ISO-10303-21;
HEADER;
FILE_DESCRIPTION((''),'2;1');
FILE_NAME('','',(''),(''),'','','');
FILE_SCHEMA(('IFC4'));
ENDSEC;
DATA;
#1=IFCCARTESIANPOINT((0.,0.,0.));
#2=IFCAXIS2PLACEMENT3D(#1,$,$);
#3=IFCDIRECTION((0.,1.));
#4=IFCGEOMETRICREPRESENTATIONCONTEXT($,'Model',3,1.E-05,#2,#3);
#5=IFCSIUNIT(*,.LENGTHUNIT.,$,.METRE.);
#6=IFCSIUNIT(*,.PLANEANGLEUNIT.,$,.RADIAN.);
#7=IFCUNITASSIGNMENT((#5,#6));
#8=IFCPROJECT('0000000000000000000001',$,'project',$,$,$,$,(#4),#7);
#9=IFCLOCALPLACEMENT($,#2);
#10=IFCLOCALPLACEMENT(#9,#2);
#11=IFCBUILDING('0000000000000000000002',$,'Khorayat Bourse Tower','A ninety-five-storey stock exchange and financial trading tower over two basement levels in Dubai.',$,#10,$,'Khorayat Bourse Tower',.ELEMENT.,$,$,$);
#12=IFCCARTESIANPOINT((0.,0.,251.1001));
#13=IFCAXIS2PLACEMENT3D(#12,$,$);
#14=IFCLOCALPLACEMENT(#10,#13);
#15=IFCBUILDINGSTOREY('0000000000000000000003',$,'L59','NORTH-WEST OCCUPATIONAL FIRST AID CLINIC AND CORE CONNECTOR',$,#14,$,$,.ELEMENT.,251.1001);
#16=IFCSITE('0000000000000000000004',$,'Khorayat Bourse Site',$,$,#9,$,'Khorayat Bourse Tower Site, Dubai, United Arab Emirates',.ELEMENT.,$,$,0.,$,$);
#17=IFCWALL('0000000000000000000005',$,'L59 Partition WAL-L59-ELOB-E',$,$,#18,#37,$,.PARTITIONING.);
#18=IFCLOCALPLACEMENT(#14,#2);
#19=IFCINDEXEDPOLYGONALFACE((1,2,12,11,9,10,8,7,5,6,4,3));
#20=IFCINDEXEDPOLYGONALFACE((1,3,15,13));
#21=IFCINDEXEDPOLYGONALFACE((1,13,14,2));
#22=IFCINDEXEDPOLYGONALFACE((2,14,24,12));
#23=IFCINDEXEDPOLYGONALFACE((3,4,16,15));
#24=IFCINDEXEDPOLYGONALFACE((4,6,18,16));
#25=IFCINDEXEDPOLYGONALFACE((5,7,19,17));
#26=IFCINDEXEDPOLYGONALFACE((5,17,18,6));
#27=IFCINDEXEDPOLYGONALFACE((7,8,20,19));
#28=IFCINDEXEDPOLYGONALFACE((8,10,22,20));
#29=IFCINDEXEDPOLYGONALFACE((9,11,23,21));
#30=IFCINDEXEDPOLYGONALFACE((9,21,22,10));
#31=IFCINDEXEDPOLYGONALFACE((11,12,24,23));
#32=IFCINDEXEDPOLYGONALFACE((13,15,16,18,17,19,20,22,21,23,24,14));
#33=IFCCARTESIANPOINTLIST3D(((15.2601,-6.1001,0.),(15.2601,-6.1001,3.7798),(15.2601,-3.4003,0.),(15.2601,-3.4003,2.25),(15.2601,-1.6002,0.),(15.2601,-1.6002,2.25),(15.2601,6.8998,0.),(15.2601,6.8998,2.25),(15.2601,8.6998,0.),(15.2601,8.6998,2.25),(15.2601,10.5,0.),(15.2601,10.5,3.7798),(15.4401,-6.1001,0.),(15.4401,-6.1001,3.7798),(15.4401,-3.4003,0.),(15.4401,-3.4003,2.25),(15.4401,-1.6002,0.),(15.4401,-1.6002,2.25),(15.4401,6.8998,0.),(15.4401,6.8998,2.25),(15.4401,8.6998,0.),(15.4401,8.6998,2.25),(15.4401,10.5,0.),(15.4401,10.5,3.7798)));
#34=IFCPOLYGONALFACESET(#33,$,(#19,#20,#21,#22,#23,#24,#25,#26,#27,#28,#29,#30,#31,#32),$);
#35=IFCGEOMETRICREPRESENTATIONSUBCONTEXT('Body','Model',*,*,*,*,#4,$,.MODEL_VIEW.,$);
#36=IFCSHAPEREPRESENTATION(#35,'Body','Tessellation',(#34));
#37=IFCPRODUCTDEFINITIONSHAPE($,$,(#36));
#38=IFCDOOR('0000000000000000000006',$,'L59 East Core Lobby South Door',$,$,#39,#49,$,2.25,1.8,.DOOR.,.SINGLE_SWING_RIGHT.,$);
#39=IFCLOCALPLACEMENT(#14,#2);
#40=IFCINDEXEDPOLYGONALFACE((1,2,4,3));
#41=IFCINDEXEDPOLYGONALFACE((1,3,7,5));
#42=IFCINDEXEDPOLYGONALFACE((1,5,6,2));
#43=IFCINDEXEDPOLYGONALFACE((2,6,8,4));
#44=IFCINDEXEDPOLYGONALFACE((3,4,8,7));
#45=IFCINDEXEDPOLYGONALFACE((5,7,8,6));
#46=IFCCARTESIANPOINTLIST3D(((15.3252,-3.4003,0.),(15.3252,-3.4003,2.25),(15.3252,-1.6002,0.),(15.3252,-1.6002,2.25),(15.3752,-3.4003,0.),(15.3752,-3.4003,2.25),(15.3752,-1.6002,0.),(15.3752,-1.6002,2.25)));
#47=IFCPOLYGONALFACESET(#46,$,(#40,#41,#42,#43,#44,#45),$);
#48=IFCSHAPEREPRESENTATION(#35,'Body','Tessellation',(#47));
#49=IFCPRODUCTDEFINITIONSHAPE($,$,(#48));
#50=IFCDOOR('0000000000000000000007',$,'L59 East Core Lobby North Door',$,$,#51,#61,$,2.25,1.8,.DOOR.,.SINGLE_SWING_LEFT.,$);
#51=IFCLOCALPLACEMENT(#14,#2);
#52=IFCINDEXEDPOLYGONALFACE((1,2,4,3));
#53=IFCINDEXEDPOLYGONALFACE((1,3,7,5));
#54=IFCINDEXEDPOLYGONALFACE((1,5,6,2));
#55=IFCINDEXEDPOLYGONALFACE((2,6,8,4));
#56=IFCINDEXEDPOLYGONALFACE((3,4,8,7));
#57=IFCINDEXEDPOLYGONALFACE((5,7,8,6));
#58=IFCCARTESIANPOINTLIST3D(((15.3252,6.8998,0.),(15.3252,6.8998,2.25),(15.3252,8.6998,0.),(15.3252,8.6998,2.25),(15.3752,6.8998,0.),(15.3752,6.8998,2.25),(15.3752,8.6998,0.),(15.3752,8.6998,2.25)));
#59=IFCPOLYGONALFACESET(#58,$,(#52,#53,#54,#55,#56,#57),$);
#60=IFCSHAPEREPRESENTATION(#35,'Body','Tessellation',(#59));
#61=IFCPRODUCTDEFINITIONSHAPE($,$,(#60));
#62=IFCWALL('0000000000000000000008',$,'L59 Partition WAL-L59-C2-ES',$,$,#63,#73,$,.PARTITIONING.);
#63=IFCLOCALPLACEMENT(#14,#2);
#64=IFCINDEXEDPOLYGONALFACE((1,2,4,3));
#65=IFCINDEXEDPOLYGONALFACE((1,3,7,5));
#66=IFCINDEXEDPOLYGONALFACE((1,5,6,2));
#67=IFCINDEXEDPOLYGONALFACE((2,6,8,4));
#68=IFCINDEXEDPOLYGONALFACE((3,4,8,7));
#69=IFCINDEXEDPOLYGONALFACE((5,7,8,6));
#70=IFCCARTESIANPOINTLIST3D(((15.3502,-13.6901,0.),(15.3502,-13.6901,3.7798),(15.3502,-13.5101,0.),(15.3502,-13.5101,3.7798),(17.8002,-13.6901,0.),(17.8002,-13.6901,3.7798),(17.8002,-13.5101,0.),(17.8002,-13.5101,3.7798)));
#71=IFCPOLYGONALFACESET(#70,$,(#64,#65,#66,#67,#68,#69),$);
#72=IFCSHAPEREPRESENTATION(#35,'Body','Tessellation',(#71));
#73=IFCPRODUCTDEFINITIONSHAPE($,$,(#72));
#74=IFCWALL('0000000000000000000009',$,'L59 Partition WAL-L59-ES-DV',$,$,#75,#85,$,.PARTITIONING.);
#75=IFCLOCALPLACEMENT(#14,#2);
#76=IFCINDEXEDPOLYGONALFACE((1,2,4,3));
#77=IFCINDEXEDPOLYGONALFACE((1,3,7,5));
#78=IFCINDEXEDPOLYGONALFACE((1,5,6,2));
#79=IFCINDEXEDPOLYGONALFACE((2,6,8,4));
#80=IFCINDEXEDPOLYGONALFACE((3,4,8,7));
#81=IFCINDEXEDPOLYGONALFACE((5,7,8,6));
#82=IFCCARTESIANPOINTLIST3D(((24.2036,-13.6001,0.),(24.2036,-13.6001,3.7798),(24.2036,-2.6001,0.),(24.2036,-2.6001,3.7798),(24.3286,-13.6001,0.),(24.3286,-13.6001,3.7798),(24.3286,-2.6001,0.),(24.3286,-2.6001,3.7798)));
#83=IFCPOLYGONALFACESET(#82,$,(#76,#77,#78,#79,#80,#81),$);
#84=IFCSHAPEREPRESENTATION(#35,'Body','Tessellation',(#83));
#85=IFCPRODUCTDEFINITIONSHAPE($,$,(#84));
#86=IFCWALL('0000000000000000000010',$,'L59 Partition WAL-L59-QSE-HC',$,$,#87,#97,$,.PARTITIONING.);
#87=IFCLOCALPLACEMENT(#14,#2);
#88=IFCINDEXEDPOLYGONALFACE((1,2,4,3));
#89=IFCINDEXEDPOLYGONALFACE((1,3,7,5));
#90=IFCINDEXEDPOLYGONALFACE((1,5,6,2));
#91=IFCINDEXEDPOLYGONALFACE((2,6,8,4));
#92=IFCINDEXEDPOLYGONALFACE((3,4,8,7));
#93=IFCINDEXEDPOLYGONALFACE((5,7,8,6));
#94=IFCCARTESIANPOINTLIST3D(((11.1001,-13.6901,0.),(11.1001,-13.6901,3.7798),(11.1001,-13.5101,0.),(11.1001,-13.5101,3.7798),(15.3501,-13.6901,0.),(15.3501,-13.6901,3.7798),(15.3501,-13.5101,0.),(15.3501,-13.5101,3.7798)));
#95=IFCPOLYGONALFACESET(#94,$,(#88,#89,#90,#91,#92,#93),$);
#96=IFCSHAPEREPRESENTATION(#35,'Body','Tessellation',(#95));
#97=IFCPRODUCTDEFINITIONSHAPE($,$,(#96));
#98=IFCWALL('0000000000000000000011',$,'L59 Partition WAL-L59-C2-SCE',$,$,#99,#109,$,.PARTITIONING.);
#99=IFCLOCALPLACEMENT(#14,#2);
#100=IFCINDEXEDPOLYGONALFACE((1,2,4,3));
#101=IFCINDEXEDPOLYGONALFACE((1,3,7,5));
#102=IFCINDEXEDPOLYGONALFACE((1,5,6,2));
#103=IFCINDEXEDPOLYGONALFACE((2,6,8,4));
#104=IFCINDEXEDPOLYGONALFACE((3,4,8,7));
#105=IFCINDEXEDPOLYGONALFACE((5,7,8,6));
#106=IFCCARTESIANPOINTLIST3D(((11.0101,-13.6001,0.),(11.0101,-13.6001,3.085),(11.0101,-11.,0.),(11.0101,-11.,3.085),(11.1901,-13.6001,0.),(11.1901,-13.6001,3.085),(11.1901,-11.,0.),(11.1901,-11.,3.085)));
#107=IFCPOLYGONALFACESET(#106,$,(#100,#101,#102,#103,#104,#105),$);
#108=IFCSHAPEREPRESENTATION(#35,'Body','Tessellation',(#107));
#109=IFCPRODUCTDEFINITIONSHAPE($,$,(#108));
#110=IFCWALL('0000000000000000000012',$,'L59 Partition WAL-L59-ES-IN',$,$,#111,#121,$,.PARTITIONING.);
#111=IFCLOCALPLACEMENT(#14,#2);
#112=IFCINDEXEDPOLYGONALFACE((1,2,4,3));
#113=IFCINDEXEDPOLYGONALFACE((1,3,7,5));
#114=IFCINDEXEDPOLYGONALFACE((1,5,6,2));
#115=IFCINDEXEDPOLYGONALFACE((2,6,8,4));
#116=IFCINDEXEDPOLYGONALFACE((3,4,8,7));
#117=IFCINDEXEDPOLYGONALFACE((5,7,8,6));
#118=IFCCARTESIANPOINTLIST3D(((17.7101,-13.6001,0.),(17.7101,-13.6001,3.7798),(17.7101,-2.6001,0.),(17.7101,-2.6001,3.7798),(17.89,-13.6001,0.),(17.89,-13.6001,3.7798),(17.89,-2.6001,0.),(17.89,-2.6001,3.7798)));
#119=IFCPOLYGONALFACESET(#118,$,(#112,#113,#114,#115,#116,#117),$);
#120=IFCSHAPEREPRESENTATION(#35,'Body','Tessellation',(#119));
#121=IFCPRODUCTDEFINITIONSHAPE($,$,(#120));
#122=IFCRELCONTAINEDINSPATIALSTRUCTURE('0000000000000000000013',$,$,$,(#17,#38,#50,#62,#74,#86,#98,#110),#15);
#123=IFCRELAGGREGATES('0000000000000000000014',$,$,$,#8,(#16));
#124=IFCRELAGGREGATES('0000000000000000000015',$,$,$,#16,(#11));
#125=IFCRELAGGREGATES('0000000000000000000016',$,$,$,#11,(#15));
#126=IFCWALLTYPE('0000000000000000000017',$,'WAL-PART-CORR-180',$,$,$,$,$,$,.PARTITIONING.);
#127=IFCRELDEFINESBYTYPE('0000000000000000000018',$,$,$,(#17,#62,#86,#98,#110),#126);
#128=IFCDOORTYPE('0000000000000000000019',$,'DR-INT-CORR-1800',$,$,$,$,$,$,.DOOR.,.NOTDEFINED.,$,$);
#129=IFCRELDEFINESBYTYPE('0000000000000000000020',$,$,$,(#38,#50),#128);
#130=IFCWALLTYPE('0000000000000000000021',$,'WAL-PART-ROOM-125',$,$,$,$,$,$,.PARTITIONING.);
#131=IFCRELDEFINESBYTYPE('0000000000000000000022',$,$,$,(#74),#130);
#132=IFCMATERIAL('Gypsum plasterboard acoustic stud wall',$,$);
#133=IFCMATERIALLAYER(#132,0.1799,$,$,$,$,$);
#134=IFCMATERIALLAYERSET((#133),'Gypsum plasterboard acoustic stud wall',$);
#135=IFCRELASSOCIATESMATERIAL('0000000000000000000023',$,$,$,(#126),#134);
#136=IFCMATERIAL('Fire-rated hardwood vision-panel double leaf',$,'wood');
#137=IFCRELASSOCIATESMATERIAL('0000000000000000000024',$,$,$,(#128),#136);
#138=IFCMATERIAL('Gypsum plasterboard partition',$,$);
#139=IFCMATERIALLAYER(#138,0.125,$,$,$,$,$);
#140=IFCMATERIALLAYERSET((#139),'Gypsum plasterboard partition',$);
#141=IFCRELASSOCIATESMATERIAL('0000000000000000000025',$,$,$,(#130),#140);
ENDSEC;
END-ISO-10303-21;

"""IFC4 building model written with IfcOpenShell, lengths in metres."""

from ifc_helpers import new_model, si_unit, direction, frame, frame_2d, origin, place, context, subcontext, project, spatial, rectangle, extrude, source, transform, mapped, material, layer, layer_set, type_object, element, fill, save


model = new_model("IFC4")

# Units and contexts
model_context = context("Model", 3, precision=1e-05, world=origin(), true_north=direction((0.0, 1.0)))
body_context = subcontext(model_context, "Body", "Model", "MODEL_VIEW")
ifc_project = project(units=[si_unit("LENGTHUNIT", "METRE"), si_unit("PLANEANGLEUNIT", "RADIAN")], contexts=[model_context])

# Site, building, storey
site_placement = place(None, origin())
site = spatial("IfcSite", under=ifc_project, at=site_placement, Name="Khorayat Bourse Site", LongName="Khorayat Bourse Tower Site, Dubai, United Arab Emirates", CompositionType="ELEMENT", RefElevation=0.0)
building_placement = place(site_placement, origin())
building = spatial("IfcBuilding", under=site, at=building_placement, Name="Khorayat Bourse Tower", Description="A ninety-five-storey stock exchange and financial trading tower over two basement levels in Dubai.", LongName="Khorayat Bourse Tower", CompositionType="ELEMENT")
storey_placement = place(building_placement, frame((0.0, 0.0, 251.1001)))
storey = spatial("IfcBuildingStorey", under=building, at=storey_placement, Name="L59", Description="NORTH-WEST OCCUPATIONAL FIRST AID CLINIC AND CORE CONNECTOR", CompositionType="ELEMENT", Elevation=251.1001)

# Wall, openings, doors
ifc_material_1 = material(Name="Gypsum plasterboard acoustic stud wall")
ifc_layer_1 = layer(ifc_material_1, 0.1799)
ifc_layer_set_1 = layer_set([ifc_layer_1], Name="Gypsum plasterboard acoustic stud wall")
wall_type_1 = type_object("IfcWallType", Name="WAL-PART-CORR-180", PredefinedType="PARTITIONING", material=ifc_layer_set_1)
shared_shape_1 = source(origin(), body_context, "Body", "SweptSolid", [
    extrude(rectangle(XDim=16.6001, YDim=0.1799, at=frame_2d((8.3, 0.0))), origin(), (0.0, 0.0, 1.0), 3.7798),
])
wall_1_placement = place(storey_placement, frame((15.3501, -6.1001, 0.0), z_axis=(0.0, 0.0, 1.0), x_axis=(0.0, 1.0, 0.0)))
wall_1 = element("IfcWall", 1, at=wall_1_placement, inside=storey, type_object=wall_type_1, Name="L59 Partition WAL-L59-ELOB-E", PredefinedType="PARTITIONING", context=body_context, shape_type="MappedRepresentation", body=[
    mapped(shared_shape_1, transform((0.0, 0.0, 0.0), scale=1.0)),
])
shared_shape_2 = source(origin(), body_context, "Body", "SweptSolid", [
    extrude(rectangle(XDim=1.8, YDim=2.25, at=frame_2d((0.8999, 1.125))), frame((0.0, 0.0999, 0.0), z_axis=(0.0, -1.0, 0.0), x_axis=(1.0, 0.0, 0.0)), (0.0, 0.0, 1.0), 0.2),
])
opening_1_placement = place(wall_1_placement, frame((2.7, 0.0, 0.0)))
opening_1 = element("IfcOpeningElement", 2, at=opening_1_placement, cuts=wall_1, PredefinedType="OPENING", context=body_context, shape_type="MappedRepresentation", body=[
    mapped(shared_shape_2, transform((0.0, 0.0, 0.0), scale=1.0)),
])
opening_2_placement = place(wall_1_placement, frame((13.0, 0.0, 0.0)))
opening_2 = element("IfcOpeningElement", 3, at=opening_2_placement, cuts=wall_1, PredefinedType="OPENING", context=body_context, shape_type="MappedRepresentation", body=[
    mapped(shared_shape_2, transform((0.0, 0.0, 0.0), scale=1.0)),
])
ifc_material_2 = material(Name="Fire-rated hardwood vision-panel double leaf", Category="wood")
door_type_1 = type_object("IfcDoorType", Name="DR-INT-CORR-1800", OperationType="NOTDEFINED", PredefinedType="DOOR", material=ifc_material_2)
shared_shape_3 = source(origin(), body_context, "Body", "SweptSolid", [
    extrude(rectangle(XDim=1.8, YDim=2.25, at=frame_2d((0.8999, 1.125))), frame((0.0, 0.0249, 0.0), z_axis=(0.0, -1.0, 0.0), x_axis=(1.0, 0.0, 0.0)), (0.0, 0.0, 1.0), 0.05),
])
door_1_placement = place(opening_1_placement, origin())
door_1 = element("IfcDoor", 4, at=door_1_placement, inside=storey, type_object=door_type_1, Name="L59 East Core Lobby South Door", OperationType="SINGLE_SWING_RIGHT", OverallHeight=2.25, OverallWidth=1.8, PredefinedType="DOOR", context=body_context, shape_type="MappedRepresentation", body=[
    mapped(shared_shape_3, transform((0.0, 0.0, 0.0), scale=1.0)),
])
fill(opening_1, door_1)
door_2_placement = place(opening_2_placement, origin())
door_2 = element("IfcDoor", 5, at=door_2_placement, inside=storey, type_object=door_type_1, Name="L59 East Core Lobby North Door", OperationType="SINGLE_SWING_LEFT", OverallHeight=2.25, OverallWidth=1.8, PredefinedType="DOOR", context=body_context, shape_type="MappedRepresentation", body=[
    mapped(shared_shape_3, transform((0.0, 0.0, 0.0), scale=1.0)),
])
fill(opening_2, door_2)

# Walls
shared_shape_4 = source(origin(), body_context, "Body", "SweptSolid", [
    extrude(rectangle(XDim=2.45, YDim=0.1799, at=frame_2d((1.2251, 0.0))), origin(), (0.0, 0.0, 1.0), 3.7798),
])
wall_2_placement = place(storey_placement, frame((15.3501, -13.6001, 0.0), z_axis=(0.0, 0.0, 1.0), x_axis=(1.0, 0.0, 0.0)))
element("IfcWall", 6, at=wall_2_placement, inside=storey, type_object=wall_type_1, Name="L59 Partition WAL-L59-C2-ES", PredefinedType="PARTITIONING", context=body_context, shape_type="MappedRepresentation", body=[
    mapped(shared_shape_4, transform((0.0, 0.0, 0.0), scale=1.0)),
])
ifc_material_3 = material(Name="Gypsum plasterboard partition")
ifc_layer_2 = layer(ifc_material_3, 0.125)
ifc_layer_set_2 = layer_set([ifc_layer_2], Name="Gypsum plasterboard partition")
wall_type_2 = type_object("IfcWallType", Name="WAL-PART-ROOM-125", PredefinedType="PARTITIONING", material=ifc_layer_set_2)
shared_shape_5 = source(origin(), body_context, "Body", "SweptSolid", [
    extrude(rectangle(XDim=11.0, YDim=0.125, at=frame_2d((5.5, 0.0))), origin(), (0.0, 0.0, 1.0), 3.7798),
])
wall_3_placement = place(storey_placement, frame((24.2661, -13.6001, 0.0), z_axis=(0.0, 0.0, 1.0), x_axis=(0.0, 1.0, 0.0)))
element("IfcWall", 7, at=wall_3_placement, inside=storey, type_object=wall_type_2, Name="L59 Partition WAL-L59-ES-DV", PredefinedType="PARTITIONING", context=body_context, shape_type="MappedRepresentation", body=[
    mapped(shared_shape_5, transform((0.0, 0.0, 0.0), scale=1.0)),
])
shared_shape_6 = source(origin(), body_context, "Body", "SweptSolid", [
    extrude(rectangle(XDim=4.25, YDim=0.1799, at=frame_2d((2.125, 0.0))), origin(), (0.0, 0.0, 1.0), 3.7798),
])
wall_4_placement = place(storey_placement, frame((11.1001, -13.6001, 0.0), z_axis=(0.0, 0.0, 1.0), x_axis=(1.0, 0.0, 0.0)))
element("IfcWall", 8, at=wall_4_placement, inside=storey, type_object=wall_type_1, Name="L59 Partition WAL-L59-QSE-HC", PredefinedType="PARTITIONING", context=body_context, shape_type="MappedRepresentation", body=[
    mapped(shared_shape_6, transform((0.0, 0.0, 0.0), scale=1.0)),
])
shared_shape_7 = source(origin(), body_context, "Body", "SweptSolid", [
    extrude(rectangle(XDim=2.6001, YDim=0.1799, at=frame_2d((1.3, 0.0))), origin(), (0.0, 0.0, 1.0), 3.085),
])
wall_5_placement = place(storey_placement, frame((11.1001, -13.6001, 0.0), z_axis=(0.0, 0.0, 1.0), x_axis=(0.0, 1.0, 0.0)))
element("IfcWall", 9, at=wall_5_placement, inside=storey, type_object=wall_type_1, Name="L59 Partition WAL-L59-C2-SCE", PredefinedType="PARTITIONING", context=body_context, shape_type="MappedRepresentation", body=[
    mapped(shared_shape_7, transform((0.0, 0.0, 0.0), scale=1.0)),
])
shared_shape_8 = source(origin(), body_context, "Body", "SweptSolid", [
    extrude(rectangle(XDim=11.0, YDim=0.1799, at=frame_2d((5.5, 0.0))), origin(), (0.0, 0.0, 1.0), 3.7798),
])
wall_6_placement = place(storey_placement, frame((17.8, -13.6001, 0.0), z_axis=(0.0, 0.0, 1.0), x_axis=(0.0, 1.0, 0.0)))
element("IfcWall", 10, at=wall_6_placement, inside=storey, type_object=wall_type_1, Name="L59 Partition WAL-L59-ES-IN", PredefinedType="PARTITIONING", context=body_context, shape_type="MappedRepresentation", body=[
    mapped(shared_shape_8, transform((0.0, 0.0, 0.0), scale=1.0)),
])

save(model, "model.ifc")
